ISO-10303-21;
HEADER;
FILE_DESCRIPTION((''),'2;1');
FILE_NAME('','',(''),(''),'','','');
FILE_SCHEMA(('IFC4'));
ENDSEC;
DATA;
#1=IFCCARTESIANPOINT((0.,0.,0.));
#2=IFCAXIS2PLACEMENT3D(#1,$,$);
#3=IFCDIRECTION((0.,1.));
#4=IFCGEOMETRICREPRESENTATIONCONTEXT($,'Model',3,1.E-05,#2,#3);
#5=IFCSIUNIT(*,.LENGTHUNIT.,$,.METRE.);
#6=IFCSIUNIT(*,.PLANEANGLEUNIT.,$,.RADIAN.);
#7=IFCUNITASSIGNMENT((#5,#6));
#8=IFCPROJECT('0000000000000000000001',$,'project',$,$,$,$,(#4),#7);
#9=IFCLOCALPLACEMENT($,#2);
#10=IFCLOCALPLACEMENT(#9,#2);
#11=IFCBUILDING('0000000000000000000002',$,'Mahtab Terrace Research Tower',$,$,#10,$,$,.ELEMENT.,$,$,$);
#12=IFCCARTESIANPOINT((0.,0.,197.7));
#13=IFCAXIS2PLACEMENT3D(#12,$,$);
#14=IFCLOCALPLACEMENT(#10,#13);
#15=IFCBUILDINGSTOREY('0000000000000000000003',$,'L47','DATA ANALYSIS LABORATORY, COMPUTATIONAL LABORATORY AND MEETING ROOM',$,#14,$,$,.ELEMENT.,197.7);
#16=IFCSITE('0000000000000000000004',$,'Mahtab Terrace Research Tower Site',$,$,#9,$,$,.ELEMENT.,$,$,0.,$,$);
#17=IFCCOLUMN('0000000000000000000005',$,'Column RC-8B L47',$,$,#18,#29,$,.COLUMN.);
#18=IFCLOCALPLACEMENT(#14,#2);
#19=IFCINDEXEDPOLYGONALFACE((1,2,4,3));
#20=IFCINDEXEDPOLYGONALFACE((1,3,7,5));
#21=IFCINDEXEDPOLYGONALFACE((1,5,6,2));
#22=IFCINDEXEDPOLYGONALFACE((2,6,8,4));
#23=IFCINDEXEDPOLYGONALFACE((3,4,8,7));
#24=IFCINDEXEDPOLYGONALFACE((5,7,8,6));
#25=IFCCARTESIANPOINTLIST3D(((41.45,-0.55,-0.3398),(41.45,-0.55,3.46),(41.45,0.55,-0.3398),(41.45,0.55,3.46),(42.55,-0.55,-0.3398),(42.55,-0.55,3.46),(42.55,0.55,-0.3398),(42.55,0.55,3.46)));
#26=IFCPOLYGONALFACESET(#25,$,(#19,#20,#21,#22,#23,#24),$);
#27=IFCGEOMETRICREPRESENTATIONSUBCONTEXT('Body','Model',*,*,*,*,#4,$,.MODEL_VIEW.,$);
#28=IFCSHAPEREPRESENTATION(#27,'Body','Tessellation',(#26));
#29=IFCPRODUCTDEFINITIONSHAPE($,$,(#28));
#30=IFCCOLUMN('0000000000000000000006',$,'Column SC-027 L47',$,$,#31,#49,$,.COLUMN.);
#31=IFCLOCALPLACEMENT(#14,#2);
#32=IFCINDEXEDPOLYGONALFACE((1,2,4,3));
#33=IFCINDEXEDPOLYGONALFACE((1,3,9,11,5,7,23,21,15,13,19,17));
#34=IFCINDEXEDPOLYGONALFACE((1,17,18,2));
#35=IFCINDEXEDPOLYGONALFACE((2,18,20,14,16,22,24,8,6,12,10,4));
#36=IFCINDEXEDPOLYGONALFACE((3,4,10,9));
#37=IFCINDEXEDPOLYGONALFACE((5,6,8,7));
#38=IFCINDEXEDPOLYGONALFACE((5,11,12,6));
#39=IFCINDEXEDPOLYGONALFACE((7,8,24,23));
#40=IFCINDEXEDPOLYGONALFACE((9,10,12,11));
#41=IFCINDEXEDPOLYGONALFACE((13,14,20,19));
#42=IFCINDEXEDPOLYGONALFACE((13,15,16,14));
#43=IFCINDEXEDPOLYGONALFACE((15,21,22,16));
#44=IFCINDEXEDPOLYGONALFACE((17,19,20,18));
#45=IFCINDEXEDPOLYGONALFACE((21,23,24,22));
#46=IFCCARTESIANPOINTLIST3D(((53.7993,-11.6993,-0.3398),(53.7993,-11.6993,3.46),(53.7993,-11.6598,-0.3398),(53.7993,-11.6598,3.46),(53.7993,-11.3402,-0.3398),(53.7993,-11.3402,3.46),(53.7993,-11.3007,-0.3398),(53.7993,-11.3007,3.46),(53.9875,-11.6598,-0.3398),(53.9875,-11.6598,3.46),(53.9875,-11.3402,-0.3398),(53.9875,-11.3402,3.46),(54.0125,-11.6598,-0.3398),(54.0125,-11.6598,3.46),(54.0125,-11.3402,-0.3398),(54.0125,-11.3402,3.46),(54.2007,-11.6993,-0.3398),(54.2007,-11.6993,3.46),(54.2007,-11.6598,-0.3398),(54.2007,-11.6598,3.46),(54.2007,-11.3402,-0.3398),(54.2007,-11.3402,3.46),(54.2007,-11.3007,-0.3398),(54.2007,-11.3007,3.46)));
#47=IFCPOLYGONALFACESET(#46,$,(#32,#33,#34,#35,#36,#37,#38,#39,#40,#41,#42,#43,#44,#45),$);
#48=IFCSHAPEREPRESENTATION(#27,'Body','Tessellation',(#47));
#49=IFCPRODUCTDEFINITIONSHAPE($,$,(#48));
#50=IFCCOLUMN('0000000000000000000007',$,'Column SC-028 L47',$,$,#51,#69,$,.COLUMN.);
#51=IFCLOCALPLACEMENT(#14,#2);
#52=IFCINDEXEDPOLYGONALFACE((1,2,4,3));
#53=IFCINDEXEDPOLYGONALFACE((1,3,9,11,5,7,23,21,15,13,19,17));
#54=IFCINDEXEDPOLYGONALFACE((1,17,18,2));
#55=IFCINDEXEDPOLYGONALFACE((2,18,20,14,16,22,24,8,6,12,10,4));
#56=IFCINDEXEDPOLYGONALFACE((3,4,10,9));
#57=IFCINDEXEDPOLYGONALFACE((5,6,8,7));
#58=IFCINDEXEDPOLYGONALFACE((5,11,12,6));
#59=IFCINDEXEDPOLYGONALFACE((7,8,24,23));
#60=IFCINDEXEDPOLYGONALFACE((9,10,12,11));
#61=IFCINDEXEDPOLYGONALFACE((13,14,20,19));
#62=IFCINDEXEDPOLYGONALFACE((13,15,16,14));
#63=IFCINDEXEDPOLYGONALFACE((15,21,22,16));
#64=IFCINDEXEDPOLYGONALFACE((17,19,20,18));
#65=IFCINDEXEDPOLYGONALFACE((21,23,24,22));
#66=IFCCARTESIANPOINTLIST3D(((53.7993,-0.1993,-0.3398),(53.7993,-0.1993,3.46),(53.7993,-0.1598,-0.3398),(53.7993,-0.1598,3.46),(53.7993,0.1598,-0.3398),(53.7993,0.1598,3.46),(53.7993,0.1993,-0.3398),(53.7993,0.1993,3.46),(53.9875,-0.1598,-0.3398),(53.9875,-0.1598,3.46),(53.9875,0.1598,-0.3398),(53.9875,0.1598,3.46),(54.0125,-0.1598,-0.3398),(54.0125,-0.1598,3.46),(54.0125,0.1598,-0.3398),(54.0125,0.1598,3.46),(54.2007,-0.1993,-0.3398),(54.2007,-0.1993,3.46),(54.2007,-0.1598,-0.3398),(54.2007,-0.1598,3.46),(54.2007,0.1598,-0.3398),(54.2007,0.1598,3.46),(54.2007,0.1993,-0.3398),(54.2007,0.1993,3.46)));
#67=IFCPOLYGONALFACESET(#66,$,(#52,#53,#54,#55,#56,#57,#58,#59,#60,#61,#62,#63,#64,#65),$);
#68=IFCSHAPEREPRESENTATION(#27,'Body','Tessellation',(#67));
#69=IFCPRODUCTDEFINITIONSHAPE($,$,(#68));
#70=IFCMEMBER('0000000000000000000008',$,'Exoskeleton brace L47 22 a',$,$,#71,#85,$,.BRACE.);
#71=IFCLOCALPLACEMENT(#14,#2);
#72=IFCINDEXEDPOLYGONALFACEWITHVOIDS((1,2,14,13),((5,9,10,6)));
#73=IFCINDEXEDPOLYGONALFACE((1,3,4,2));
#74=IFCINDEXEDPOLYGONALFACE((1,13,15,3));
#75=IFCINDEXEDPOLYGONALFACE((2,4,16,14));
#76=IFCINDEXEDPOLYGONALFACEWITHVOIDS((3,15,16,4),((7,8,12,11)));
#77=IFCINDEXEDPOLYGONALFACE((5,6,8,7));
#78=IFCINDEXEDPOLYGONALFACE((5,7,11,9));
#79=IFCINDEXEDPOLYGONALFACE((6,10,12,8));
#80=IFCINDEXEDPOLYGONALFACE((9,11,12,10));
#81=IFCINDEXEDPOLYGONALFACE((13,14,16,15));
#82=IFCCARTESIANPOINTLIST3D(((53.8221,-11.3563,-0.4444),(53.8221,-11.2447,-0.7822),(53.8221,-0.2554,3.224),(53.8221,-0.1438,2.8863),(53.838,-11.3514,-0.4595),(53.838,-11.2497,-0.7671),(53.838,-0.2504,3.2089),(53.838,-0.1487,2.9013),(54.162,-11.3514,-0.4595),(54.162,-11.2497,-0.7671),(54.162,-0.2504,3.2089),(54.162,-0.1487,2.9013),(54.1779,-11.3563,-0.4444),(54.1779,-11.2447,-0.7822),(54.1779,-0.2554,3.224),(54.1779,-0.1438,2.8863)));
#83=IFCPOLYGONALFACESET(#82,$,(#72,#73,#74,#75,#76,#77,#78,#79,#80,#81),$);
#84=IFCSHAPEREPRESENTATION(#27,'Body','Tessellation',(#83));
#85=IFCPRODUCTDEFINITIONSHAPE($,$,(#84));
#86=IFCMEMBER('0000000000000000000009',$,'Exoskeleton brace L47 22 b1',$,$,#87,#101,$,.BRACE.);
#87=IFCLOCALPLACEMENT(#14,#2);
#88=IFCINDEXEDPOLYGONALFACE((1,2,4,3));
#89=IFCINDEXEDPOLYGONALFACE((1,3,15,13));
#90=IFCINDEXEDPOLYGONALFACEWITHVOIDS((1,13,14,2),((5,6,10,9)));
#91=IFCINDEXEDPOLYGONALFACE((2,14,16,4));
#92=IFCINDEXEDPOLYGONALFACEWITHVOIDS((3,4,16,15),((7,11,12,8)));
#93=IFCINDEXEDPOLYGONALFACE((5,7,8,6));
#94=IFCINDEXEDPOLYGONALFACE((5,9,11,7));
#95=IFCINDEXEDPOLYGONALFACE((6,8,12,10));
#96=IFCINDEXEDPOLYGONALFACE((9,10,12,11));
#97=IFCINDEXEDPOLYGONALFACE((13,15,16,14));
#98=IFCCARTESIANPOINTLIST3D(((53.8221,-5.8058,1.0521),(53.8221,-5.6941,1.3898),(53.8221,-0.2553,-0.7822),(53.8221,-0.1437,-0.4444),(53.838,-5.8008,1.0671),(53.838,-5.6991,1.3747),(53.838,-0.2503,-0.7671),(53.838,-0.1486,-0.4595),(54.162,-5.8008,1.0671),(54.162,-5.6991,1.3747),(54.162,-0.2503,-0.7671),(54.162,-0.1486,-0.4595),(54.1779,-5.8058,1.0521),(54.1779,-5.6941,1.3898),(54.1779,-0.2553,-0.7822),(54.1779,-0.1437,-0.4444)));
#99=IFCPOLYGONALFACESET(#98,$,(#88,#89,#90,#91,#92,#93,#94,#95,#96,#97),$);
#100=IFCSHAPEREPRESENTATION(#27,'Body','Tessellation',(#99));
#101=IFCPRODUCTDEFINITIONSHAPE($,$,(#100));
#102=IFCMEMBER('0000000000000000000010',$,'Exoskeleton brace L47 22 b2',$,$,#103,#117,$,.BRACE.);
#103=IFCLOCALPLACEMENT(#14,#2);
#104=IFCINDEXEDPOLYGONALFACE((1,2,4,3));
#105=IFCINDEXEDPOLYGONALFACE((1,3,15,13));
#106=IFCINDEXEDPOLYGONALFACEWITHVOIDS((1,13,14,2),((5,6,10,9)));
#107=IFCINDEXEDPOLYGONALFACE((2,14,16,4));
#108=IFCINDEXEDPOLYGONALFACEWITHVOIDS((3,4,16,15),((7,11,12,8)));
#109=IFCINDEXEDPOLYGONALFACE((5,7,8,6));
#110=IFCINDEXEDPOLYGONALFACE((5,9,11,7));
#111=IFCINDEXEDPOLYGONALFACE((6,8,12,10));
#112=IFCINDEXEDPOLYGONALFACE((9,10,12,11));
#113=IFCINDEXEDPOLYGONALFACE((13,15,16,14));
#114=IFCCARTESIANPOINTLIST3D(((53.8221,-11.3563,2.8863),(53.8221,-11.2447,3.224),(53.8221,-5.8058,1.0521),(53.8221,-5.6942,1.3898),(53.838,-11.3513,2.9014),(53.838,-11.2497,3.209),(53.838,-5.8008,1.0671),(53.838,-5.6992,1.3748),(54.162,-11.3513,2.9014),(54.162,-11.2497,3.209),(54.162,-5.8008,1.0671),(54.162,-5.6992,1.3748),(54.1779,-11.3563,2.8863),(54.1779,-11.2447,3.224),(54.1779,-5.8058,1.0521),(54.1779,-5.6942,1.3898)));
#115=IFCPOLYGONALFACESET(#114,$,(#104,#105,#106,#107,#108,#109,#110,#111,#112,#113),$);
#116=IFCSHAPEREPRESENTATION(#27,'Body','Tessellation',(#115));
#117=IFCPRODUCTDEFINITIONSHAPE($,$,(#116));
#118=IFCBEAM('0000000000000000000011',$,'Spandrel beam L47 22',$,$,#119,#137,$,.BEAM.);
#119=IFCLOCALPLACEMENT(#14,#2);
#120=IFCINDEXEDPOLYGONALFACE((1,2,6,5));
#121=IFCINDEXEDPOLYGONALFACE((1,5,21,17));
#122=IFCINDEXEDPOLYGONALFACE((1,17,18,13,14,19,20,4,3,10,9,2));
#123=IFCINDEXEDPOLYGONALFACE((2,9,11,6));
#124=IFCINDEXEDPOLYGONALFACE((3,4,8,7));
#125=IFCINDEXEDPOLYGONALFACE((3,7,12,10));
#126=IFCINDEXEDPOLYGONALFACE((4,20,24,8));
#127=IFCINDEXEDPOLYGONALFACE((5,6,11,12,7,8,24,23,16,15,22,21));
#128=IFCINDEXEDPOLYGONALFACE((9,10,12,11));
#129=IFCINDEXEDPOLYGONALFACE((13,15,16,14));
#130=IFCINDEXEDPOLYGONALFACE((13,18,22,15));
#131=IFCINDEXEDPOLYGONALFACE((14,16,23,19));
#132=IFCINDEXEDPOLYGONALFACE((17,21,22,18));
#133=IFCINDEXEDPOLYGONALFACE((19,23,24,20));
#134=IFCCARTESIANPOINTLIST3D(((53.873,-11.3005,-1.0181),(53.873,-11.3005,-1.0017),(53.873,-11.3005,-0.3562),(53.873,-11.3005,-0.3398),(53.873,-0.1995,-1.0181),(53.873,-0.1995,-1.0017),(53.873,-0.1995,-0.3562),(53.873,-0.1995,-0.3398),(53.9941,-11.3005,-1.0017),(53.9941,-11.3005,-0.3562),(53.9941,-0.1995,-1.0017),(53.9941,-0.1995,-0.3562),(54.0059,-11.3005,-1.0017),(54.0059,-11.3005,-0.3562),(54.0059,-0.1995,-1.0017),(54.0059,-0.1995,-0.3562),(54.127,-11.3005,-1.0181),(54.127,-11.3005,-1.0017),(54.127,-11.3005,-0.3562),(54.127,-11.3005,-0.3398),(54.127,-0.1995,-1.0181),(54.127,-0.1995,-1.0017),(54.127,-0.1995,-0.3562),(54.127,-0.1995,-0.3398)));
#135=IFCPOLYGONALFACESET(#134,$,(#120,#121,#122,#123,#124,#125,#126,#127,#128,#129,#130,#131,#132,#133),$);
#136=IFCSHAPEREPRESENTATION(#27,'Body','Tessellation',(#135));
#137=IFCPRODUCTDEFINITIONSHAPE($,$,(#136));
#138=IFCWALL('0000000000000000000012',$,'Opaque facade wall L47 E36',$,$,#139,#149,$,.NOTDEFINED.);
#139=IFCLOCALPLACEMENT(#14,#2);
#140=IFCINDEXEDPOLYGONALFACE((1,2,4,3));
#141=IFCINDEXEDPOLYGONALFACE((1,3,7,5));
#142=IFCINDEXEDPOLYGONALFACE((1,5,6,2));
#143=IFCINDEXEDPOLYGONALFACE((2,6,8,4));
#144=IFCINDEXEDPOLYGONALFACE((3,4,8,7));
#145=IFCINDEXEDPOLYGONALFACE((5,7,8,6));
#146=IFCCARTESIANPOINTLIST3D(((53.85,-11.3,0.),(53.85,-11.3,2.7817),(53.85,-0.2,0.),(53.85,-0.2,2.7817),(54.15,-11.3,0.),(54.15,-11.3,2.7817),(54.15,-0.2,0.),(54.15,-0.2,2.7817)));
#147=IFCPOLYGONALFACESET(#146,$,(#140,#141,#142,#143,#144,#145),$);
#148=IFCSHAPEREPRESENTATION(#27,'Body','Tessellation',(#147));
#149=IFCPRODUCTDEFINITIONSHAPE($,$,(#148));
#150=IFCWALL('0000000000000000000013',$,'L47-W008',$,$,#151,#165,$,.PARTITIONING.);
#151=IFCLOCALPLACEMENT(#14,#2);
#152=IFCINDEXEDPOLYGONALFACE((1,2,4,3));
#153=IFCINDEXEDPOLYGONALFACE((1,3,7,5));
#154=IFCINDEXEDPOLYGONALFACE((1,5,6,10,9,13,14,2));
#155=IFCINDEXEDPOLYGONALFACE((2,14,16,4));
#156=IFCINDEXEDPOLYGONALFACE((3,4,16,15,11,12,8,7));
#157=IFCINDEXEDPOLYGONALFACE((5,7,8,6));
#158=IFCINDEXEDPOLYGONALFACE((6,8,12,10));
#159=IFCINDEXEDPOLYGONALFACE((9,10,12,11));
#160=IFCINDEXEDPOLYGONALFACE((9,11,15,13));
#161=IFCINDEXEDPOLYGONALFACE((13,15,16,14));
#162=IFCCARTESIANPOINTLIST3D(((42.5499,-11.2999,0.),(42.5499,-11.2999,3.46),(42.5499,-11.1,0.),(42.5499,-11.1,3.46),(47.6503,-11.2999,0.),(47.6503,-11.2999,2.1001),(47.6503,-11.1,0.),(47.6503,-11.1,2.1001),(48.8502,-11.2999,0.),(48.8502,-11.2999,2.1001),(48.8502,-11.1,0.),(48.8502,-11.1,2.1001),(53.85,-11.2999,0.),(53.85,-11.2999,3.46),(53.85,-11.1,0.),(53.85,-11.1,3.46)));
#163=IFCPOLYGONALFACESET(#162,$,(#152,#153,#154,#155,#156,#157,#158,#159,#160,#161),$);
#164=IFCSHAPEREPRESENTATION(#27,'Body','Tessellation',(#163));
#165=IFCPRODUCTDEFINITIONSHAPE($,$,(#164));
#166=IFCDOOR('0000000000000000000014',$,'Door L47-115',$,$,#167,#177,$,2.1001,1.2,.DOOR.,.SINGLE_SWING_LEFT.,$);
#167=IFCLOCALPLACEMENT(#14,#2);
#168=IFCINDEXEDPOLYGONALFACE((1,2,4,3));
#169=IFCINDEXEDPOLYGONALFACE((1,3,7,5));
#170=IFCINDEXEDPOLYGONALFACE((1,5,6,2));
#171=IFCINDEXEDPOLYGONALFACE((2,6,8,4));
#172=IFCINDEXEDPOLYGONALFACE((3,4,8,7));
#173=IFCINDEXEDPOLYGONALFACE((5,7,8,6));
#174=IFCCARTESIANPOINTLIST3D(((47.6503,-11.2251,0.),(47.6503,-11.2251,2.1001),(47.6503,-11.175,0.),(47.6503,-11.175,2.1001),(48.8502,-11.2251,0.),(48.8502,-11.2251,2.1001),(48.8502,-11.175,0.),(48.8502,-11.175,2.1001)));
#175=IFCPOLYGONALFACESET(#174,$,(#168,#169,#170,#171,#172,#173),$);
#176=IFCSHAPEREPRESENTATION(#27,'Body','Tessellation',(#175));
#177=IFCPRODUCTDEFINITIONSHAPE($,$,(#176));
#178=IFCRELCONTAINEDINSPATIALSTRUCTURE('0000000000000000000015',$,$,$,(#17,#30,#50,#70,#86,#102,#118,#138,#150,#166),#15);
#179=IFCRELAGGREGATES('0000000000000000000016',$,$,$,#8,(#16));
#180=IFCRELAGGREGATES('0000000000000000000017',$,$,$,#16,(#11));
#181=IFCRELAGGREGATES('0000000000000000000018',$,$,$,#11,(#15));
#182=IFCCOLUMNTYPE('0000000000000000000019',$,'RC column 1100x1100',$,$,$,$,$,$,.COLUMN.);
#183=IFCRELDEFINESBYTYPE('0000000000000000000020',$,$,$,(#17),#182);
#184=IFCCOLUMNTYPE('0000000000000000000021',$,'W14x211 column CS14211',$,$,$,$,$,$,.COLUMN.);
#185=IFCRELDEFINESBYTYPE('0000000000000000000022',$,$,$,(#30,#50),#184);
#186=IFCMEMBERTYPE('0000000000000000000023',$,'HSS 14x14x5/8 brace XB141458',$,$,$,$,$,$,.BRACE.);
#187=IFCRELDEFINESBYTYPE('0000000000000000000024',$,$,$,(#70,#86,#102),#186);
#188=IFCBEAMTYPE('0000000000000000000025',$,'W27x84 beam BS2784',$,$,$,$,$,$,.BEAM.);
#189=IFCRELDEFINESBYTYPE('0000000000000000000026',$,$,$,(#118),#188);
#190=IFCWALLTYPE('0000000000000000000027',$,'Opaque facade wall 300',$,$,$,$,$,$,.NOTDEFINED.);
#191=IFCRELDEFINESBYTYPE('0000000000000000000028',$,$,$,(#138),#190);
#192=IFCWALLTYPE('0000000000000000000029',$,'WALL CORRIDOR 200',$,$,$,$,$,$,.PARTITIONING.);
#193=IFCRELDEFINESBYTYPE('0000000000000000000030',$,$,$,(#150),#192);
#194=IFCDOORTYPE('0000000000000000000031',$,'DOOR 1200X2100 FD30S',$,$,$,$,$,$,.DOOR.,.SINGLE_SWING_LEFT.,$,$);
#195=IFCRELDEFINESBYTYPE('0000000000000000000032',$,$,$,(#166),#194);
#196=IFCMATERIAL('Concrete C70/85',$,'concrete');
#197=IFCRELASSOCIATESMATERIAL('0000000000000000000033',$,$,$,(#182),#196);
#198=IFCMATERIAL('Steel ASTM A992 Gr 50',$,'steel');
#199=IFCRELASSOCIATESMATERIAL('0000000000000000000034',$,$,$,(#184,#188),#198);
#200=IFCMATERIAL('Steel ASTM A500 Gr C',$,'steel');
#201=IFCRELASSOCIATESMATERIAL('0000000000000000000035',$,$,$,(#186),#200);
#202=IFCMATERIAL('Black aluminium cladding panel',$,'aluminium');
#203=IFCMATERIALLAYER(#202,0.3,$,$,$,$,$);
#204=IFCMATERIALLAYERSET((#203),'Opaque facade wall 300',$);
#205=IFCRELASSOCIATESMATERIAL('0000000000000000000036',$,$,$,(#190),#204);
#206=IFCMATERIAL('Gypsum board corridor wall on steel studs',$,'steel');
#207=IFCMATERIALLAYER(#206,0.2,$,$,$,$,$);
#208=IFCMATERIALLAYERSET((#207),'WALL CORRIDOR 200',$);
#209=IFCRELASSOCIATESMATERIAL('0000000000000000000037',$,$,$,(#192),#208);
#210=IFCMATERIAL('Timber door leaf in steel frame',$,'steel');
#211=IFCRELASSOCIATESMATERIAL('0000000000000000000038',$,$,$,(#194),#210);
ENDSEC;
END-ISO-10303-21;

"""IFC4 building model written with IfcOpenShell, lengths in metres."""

from ifc_helpers import new_model, si_unit, direction, frame, frame_2d, origin, origin_2d, place, context, subcontext, project, spatial, rectangle, hollow_rectangle, i_section, extrude, material, layer, layer_set, material_profile, profile_set, type_object, element, fill, save


model = new_model("IFC4")

# Units and contexts
model_context = context("Model", 3, precision=1e-05, world=origin(), true_north=direction((0.0, 1.0)))
body_context = subcontext(model_context, "Body", "Model", "MODEL_VIEW")
ifc_project = project(units=[si_unit("LENGTHUNIT", "METRE"), si_unit("PLANEANGLEUNIT", "RADIAN")], contexts=[model_context])

# Site, building, storey
site_placement = place(None, origin())
site = spatial("IfcSite", under=ifc_project, at=site_placement, Name="Mahtab Terrace Research Tower Site", CompositionType="ELEMENT", RefElevation=0.0)
building_placement = place(site_placement, origin())
building = spatial("IfcBuilding", under=site, at=building_placement, Name="Mahtab Terrace Research Tower", CompositionType="ELEMENT")
storey_placement = place(building_placement, frame((0.0, 0.0, 197.7)))
storey = spatial("IfcBuildingStorey", under=building, at=storey_placement, Name="L47", Description="DATA ANALYSIS LABORATORY, COMPUTATIONAL LABORATORY AND MEETING ROOM", CompositionType="ELEMENT", Elevation=197.7)

# Columns
ifc_material_1 = material(Name="Concrete C70/85", Category="concrete")
ifc_material_profile_1 = material_profile(ifc_material_1, rectangle(XDim=1.1001, YDim=1.1001, at=origin_2d()), Name="RC column 1100x1100")
ifc_profile_set_1 = profile_set([ifc_material_profile_1], Name="Concrete C70/85")
column_type_1 = type_object("IfcColumnType", Name="RC column 1100x1100", PredefinedType="COLUMN", material=ifc_profile_set_1)
column_placement = place(storey_placement, frame((42.0, 0.0, -0.3398), z_axis=(0.0, 0.0, 1.0), x_axis=(1.0, 0.0, 0.0)))
element("IfcColumn", 1, at=column_placement, inside=storey, type_object=column_type_1, Name="Column RC-8B L47", PredefinedType="COLUMN", context=body_context, shape_type="SweptSolid", body=[
    extrude(rectangle(XDim=1.1001, YDim=1.1001, at=origin_2d()), origin(), (0.0, 0.0, 1.0), 3.7998),
])
ifc_material_2 = material(Name="Steel ASTM A992 Gr 50", Category="steel")
ifc_material_profile_2 = material_profile(ifc_material_2, i_section(OverallWidth=0.4014, OverallDepth=0.3987, WebThickness=0.0249, FlangeThickness=0.0396, at=origin_2d()), Name="W14X211")
ifc_profile_set_2 = profile_set([ifc_material_profile_2], Name="Steel ASTM A992 Gr 50")
column_type_2 = type_object("IfcColumnType", Name="W14x211 column CS14211", PredefinedType="COLUMN", material=ifc_profile_set_2)
for number, where, z_axis, x_axis, name in (
    (2, (54.0, -11.5, -0.3398), (0.0, 0.0, 1.0), (1.0, 0.0, 0.0), "Column SC-027 L47"),
    (3, (54.0, 0.0, -0.3398), (0.0, 0.0, 1.0), (1.0, 0.0, 0.0), "Column SC-028 L47"),
):
    element("IfcColumn", number, at=place(storey_placement, frame(where, z_axis=z_axis, x_axis=x_axis)), inside=storey, type_object=column_type_2, Name=name, PredefinedType="COLUMN", context=body_context, shape_type="SweptSolid", body=[
        extrude(i_section(OverallWidth=0.4014, OverallDepth=0.3987, WebThickness=0.0249, FlangeThickness=0.0396, at=origin_2d()), origin(), (0.0, 0.0, 1.0), 3.7998),
    ])

# Members
ifc_material_3 = material(Name="Steel ASTM A500 Gr C", Category="steel")
ifc_material_profile_3 = material_profile(ifc_material_3, hollow_rectangle(XDim=0.3557, YDim=0.3557, WallThickness=0.0159, at=origin_2d()), Name="HSS14X14X5/8")
ifc_profile_set_3 = profile_set([ifc_material_profile_3], Name="Steel ASTM A500 Gr C")
member_type = type_object("IfcMemberType", Name="HSS 14x14x5/8 brace XB141458", PredefinedType="BRACE", material=ifc_profile_set_3)
member_placement = place(storey_placement, frame((54.0, -11.3005, -0.6133), z_axis=(0.0, 0.949499, 0.313771), x_axis=(-1.0, 0.0, 0.0)))
element("IfcMember", 4, at=member_placement, inside=storey, type_object=member_type, Name="Exoskeleton brace L47 22 a", PredefinedType="BRACE", context=body_context, shape_type="SweptSolid", body=[
    extrude(hollow_rectangle(XDim=0.3557, YDim=0.3557, WallThickness=0.0159, at=origin_2d()), origin(), (0.0, 0.0, 1.0), 11.6914),
])
for number, where, z_axis, x_axis, name in (
    (5, (54.0, -0.1995, -0.6133), (0.0, -0.949499, 0.313771), (1.0, 0.0, 0.0), "Exoskeleton brace L47 22 b1"),
    (6, (54.0, -5.75, 1.2209), (0.0, -0.949499, 0.313771), (1.0, 0.0, 0.0), "Exoskeleton brace L47 22 b2"),
):
    element("IfcMember", number, at=place(storey_placement, frame(where, z_axis=z_axis, x_axis=x_axis)), inside=storey, type_object=member_type, Name=name, PredefinedType="BRACE", context=body_context, shape_type="SweptSolid", body=[
        extrude(hollow_rectangle(XDim=0.3557, YDim=0.3557, WallThickness=0.0159, at=origin_2d()), origin(), (0.0, 0.0, 1.0), 5.8457),
    ])

# Beam
ifc_material_profile_4 = material_profile(ifc_material_2, i_section(OverallWidth=0.2539, OverallDepth=0.6782, WebThickness=0.0117, FlangeThickness=0.0164, at=origin_2d()), Name="W27X84")
ifc_profile_set_4 = profile_set([ifc_material_profile_4], Name="Steel ASTM A992 Gr 50")
beam_type = type_object("IfcBeamType", Name="W27x84 beam BS2784", PredefinedType="BEAM", material=ifc_profile_set_4)
beam_placement = place(storey_placement, frame((54.0, -11.3005, -0.679), z_axis=(0.0, 1.0, 0.0), x_axis=(-1.0, 0.0, 0.0)))
element("IfcBeam", 7, at=beam_placement, inside=storey, type_object=beam_type, Name="Spandrel beam L47 22", PredefinedType="BEAM", context=body_context, shape_type="SweptSolid", body=[
    extrude(i_section(OverallWidth=0.2539, OverallDepth=0.6782, WebThickness=0.0117, FlangeThickness=0.0164, at=origin_2d()), origin(), (0.0, 0.0, 1.0), 11.1011),
])

# Wall
ifc_material_4 = material(Name="Black aluminium cladding panel", Category="aluminium")
ifc_layer_1 = layer(ifc_material_4, 0.3)
ifc_layer_set_1 = layer_set([ifc_layer_1], Name="Opaque facade wall 300")
wall_type_1 = type_object("IfcWallType", Name="Opaque facade wall 300", PredefinedType="NOTDEFINED", material=ifc_layer_set_1)
wall_1_placement = place(storey_placement, frame((54.0, -11.3, 0.0), z_axis=(0.0, 0.0, 1.0), x_axis=(0.0, 1.0, 0.0)))
element("IfcWall", 8, at=wall_1_placement, inside=storey, type_object=wall_type_1, Name="Opaque facade wall L47 E36", PredefinedType="NOTDEFINED", context=body_context, shape_type="SweptSolid", body=[
    extrude(rectangle(XDim=11.1001, YDim=0.3, at=frame_2d((5.55, 0.0))), origin(), (0.0, 0.0, 1.0), 2.7817),
])

# Wall, opening, door
ifc_material_5 = material(Name="Gypsum board corridor wall on steel studs", Category="steel")
ifc_layer_2 = layer(ifc_material_5, 0.2)
ifc_layer_set_2 = layer_set([ifc_layer_2], Name="WALL CORRIDOR 200")
wall_type_2 = type_object("IfcWallType", Name="WALL CORRIDOR 200", PredefinedType="PARTITIONING", material=ifc_layer_set_2)
wall_2_placement = place(storey_placement, frame((42.55, -11.2, 0.0), z_axis=(0.0, 0.0, 1.0), x_axis=(1.0, 0.0, 0.0)))
wall_2 = element("IfcWall", 9, at=wall_2_placement, inside=storey, type_object=wall_type_2, Name="L47-W008", PredefinedType="PARTITIONING", context=body_context, shape_type="SweptSolid", body=[
    extrude(rectangle(XDim=11.3, YDim=0.2, at=frame_2d((5.6499, 0.0))), origin(), (0.0, 0.0, 1.0), 3.46),
])
opening_placement = place(wall_2_placement, frame((5.1001, 0.0, 0.0)))
opening = element("IfcOpeningElement", 10, at=opening_placement, cuts=wall_2, PredefinedType="OPENING", context=body_context, shape_type="SweptSolid", body=[
    extrude(rectangle(XDim=1.2, YDim=2.1001, at=frame_2d((0.6001, 1.05))), frame((0.0, 0.1099, 0.0), z_axis=(0.0, -1.0, 0.0), x_axis=(1.0, 0.0, 0.0)), (0.0, 0.0, 1.0), 0.22),
])
ifc_material_6 = material(Name="Timber door leaf in steel frame", Category="steel")
door_type = type_object("IfcDoorType", Name="DOOR 1200X2100 FD30S", OperationType="SINGLE_SWING_LEFT", PredefinedType="DOOR", material=ifc_material_6)
door_placement = place(opening_placement, origin())
door = element("IfcDoor", 11, at=door_placement, inside=storey, type_object=door_type, Name="Door L47-115", OperationType="SINGLE_SWING_LEFT", OverallHeight=2.1001, OverallWidth=1.2, PredefinedType="DOOR", context=body_context, shape_type="SweptSolid", body=[
    extrude(rectangle(XDim=1.2, YDim=2.1001, at=frame_2d((0.6001, 1.05))), frame((0.0, 0.0249, 0.0), z_axis=(0.0, -1.0, 0.0), x_axis=(1.0, 0.0, 0.0)), (0.0, 0.0, 1.0), 0.05),
])
fill(opening, door)

save(model, "model.ifc")
